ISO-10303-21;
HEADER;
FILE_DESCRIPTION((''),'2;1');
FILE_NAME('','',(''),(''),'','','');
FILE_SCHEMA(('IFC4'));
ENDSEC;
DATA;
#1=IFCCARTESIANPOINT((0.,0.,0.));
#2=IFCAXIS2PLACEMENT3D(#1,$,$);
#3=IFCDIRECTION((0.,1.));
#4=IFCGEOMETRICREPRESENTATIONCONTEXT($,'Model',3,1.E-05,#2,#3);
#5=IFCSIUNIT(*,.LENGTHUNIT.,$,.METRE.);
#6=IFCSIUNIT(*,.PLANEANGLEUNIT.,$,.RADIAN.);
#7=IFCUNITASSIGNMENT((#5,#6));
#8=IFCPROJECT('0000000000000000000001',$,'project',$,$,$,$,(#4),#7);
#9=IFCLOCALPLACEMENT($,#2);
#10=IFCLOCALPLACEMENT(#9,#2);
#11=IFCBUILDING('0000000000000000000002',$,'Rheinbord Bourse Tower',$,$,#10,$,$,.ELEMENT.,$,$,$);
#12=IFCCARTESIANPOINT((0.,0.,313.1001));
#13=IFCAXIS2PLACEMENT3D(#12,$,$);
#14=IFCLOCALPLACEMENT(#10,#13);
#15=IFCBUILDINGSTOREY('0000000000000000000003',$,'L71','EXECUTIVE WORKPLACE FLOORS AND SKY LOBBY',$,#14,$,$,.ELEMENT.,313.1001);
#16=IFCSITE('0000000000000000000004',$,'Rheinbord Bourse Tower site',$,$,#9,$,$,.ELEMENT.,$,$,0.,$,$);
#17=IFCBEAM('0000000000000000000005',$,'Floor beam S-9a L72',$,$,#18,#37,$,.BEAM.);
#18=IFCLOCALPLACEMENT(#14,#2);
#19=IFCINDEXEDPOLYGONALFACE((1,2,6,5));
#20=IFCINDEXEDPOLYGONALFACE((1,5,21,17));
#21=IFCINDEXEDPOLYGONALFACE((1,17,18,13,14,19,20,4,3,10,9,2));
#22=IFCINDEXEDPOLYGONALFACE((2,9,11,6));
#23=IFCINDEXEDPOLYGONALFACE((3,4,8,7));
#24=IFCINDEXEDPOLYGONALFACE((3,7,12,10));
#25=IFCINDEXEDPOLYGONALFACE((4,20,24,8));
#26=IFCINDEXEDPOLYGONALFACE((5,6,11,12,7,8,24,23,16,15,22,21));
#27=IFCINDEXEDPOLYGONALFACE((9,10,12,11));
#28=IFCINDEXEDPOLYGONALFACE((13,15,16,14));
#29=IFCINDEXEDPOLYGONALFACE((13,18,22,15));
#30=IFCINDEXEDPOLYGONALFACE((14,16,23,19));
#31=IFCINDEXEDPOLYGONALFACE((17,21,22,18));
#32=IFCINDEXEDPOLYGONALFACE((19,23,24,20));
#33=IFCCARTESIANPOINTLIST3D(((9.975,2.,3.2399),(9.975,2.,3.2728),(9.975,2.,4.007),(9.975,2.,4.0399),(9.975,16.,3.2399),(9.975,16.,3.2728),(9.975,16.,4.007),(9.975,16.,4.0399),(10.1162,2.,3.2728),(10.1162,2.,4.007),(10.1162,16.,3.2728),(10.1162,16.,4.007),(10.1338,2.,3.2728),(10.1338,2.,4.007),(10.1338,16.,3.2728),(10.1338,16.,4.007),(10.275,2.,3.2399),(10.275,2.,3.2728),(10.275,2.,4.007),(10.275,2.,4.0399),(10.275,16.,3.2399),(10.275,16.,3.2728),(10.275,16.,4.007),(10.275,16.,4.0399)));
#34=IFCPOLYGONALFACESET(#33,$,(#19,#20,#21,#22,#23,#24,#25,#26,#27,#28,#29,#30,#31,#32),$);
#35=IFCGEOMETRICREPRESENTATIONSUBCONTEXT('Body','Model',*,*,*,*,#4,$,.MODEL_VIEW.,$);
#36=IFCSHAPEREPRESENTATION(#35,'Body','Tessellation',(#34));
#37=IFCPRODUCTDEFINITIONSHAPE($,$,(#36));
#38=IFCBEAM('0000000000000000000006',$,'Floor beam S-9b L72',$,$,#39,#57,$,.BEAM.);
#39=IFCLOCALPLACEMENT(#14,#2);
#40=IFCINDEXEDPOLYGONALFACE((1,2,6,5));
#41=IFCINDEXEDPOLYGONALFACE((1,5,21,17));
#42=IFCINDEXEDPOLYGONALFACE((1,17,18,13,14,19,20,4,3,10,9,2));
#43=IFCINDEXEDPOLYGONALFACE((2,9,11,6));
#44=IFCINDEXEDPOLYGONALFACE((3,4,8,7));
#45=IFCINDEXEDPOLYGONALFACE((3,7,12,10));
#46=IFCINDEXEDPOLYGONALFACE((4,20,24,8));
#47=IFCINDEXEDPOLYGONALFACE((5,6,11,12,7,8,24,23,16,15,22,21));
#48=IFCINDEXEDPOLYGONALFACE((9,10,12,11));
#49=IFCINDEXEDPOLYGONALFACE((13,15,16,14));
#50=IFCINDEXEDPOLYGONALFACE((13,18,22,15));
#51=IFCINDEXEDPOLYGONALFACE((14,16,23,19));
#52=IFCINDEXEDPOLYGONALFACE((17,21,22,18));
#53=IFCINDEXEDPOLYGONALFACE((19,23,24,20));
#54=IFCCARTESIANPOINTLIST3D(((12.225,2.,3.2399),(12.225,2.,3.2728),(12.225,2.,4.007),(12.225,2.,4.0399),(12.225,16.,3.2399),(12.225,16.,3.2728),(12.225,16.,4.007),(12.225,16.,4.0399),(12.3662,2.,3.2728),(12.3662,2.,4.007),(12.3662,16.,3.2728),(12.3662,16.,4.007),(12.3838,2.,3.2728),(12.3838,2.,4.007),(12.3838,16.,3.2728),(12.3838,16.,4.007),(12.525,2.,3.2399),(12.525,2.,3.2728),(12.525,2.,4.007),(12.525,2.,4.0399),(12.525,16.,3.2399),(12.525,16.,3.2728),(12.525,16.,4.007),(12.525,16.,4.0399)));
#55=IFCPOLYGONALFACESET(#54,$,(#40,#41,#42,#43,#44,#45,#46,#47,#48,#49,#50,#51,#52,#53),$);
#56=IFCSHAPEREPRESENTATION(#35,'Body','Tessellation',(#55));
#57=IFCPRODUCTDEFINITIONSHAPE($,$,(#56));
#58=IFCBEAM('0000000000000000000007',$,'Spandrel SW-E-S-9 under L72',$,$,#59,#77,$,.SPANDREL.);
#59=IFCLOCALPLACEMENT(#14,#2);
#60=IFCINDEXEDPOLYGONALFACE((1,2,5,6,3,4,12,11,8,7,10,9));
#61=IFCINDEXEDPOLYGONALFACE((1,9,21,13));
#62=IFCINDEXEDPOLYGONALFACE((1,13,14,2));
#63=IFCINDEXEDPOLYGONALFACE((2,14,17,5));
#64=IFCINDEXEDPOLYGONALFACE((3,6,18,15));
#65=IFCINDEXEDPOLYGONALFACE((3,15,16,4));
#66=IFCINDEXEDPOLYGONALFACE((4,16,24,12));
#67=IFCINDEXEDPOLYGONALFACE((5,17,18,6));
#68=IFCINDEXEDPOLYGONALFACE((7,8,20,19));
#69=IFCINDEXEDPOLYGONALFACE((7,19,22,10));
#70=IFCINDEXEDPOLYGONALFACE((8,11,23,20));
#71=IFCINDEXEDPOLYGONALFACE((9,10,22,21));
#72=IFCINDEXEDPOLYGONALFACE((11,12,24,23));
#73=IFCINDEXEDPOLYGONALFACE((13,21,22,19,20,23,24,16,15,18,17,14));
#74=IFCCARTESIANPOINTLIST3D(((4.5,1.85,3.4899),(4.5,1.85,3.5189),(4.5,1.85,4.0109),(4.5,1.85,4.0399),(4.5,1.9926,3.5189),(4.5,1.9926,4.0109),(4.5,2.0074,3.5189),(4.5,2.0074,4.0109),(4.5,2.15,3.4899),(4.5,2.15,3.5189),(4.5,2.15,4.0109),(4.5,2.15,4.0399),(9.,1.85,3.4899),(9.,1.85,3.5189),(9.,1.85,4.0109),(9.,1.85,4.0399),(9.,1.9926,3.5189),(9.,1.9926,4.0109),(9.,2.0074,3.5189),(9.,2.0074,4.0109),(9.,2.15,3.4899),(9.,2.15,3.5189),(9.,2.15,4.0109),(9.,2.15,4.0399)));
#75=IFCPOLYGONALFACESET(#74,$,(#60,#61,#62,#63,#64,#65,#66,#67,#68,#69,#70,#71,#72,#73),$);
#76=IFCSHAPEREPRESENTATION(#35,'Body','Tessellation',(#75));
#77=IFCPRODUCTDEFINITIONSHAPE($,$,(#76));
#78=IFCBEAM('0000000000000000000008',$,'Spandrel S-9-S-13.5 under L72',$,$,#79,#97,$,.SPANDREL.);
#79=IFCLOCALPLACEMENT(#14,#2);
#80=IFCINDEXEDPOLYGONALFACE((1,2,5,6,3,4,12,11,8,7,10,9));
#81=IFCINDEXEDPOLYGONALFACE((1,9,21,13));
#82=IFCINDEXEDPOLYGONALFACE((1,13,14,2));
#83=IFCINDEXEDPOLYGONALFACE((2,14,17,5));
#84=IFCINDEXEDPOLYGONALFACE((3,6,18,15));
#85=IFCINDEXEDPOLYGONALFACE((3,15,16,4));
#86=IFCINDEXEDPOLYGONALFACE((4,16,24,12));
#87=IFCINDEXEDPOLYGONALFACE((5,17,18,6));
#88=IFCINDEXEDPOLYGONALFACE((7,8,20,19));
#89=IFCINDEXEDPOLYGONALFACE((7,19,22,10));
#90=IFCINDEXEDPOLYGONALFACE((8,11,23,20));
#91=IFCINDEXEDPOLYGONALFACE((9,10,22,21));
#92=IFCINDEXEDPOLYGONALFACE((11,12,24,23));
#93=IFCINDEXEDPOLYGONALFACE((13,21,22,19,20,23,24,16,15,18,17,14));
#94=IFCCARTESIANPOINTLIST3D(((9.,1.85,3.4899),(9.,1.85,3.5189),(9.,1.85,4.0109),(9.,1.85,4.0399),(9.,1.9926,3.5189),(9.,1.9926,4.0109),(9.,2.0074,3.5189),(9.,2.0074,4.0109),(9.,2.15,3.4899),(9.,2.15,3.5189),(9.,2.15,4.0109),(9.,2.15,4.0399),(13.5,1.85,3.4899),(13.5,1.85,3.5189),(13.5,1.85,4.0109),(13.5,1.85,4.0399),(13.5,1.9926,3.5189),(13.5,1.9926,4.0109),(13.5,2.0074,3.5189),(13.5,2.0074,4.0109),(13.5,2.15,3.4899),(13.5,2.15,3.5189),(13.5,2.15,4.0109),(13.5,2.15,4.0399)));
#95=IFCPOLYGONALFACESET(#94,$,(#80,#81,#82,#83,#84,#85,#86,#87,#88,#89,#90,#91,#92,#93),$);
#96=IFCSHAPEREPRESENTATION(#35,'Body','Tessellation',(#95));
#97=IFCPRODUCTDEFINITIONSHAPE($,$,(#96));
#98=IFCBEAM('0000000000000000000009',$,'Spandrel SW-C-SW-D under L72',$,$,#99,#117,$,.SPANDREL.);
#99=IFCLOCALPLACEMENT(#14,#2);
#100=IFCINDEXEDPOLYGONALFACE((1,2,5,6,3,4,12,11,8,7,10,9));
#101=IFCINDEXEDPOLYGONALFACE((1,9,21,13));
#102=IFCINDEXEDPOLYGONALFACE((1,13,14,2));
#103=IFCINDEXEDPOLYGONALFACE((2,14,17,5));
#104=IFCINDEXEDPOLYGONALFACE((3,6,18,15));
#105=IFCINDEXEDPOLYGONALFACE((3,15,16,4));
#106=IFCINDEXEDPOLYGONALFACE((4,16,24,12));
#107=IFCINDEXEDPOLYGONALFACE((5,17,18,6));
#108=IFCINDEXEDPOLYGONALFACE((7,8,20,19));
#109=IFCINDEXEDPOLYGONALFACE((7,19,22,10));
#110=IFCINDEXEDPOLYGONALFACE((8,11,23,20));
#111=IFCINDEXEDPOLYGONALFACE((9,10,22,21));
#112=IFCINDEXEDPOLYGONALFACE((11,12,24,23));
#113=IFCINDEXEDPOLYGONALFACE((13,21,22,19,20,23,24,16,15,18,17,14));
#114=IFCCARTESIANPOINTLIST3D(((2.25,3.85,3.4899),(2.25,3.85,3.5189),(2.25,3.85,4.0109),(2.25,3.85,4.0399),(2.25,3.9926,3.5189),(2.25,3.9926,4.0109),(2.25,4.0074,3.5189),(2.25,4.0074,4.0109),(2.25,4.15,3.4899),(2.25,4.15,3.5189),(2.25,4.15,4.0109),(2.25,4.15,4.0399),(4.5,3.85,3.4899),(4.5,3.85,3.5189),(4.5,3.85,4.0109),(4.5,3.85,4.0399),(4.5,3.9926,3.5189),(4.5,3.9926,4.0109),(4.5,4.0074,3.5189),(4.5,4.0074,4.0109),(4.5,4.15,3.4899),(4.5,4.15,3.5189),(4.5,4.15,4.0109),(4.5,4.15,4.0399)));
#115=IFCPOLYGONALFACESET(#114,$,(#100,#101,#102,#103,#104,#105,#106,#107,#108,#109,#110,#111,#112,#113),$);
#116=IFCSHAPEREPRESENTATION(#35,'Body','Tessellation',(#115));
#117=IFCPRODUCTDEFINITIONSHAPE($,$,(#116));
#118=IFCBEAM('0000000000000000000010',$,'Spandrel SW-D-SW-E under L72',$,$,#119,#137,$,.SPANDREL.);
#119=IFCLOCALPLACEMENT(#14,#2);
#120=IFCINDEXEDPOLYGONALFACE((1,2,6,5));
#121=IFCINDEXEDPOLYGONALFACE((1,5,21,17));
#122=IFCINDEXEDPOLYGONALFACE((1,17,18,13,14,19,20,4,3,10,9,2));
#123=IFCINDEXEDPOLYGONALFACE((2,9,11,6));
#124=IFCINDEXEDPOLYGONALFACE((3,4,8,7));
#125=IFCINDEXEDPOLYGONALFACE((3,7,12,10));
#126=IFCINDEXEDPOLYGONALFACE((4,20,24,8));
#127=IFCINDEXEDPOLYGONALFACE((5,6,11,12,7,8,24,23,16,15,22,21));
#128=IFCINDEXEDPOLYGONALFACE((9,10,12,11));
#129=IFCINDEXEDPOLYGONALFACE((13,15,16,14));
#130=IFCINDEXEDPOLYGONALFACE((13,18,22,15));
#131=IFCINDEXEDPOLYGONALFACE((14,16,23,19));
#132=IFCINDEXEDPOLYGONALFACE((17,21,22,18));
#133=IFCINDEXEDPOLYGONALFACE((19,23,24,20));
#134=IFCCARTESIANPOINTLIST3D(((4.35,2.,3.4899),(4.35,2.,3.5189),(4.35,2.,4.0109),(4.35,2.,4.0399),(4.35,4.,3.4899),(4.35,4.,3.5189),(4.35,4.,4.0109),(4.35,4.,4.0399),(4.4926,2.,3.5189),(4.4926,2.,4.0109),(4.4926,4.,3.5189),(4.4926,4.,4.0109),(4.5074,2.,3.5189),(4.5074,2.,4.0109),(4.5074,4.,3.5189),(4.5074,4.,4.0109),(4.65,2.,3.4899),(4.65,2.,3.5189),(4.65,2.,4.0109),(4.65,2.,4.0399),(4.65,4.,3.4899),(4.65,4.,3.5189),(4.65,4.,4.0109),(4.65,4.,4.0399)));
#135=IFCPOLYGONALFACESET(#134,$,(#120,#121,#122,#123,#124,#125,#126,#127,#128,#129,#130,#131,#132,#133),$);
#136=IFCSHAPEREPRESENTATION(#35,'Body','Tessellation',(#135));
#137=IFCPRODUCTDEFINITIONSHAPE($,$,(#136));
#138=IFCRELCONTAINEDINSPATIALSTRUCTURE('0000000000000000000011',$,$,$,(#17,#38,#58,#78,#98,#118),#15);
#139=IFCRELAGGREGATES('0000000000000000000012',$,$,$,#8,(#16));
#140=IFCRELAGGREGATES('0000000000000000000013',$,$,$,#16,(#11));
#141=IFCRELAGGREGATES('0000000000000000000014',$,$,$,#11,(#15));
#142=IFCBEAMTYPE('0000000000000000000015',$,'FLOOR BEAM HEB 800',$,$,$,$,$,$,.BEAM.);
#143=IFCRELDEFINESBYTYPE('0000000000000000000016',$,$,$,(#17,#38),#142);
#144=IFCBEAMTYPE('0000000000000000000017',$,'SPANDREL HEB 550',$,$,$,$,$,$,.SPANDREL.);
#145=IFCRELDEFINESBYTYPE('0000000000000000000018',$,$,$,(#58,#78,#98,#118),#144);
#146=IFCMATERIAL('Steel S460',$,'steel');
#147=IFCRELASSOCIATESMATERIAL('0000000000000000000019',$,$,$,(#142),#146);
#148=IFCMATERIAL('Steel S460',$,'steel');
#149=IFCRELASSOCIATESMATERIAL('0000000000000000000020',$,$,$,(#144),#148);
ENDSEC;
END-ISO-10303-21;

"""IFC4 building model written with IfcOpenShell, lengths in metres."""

from ifc_helpers import new_model, si_unit, direction, frame, origin, origin_2d, place, context, subcontext, project, spatial, i_section, extrude, material, material_profile, profile_set, type_object, element, save


model = new_model("IFC4")

# Units and contexts
model_context = context("Model", 3, precision=1e-05, world=origin(), true_north=direction((0.0, 1.0)))
body_context = subcontext(model_context, "Body", "Model", "MODEL_VIEW")
ifc_project = project(units=[si_unit("LENGTHUNIT", "METRE"), si_unit("PLANEANGLEUNIT", "RADIAN")], contexts=[model_context])

# Site, building, storey
site_placement = place(None, origin())
site = spatial("IfcSite", under=ifc_project, at=site_placement, Name="Rheinbord Bourse Tower site", CompositionType="ELEMENT", RefElevation=0.0)
building_placement = place(site_placement, origin())
building = spatial("IfcBuilding", under=site, at=building_placement, Name="Rheinbord Bourse Tower", CompositionType="ELEMENT")
storey_placement = place(building_placement, frame((0.0, 0.0, 313.1001)))
storey = spatial("IfcBuildingStorey", under=building, at=storey_placement, Name="L71", Description="EXECUTIVE WORKPLACE FLOORS AND SKY LOBBY", CompositionType="ELEMENT", Elevation=313.1001)

# Beams
ifc_material_1 = material(Name="Steel S460", Category="steel")
ifc_material_profile_1 = material_profile(ifc_material_1, i_section(OverallWidth=0.3, OverallDepth=0.8, WebThickness=0.0176, FlangeThickness=0.033, at=origin_2d()), Name="HEB 800")
ifc_profile_set_1 = profile_set([ifc_material_profile_1], Name="Steel S460")
beam_type_1 = type_object("IfcBeamType", Name="FLOOR BEAM HEB 800", PredefinedType="BEAM", material=ifc_profile_set_1)
for number, where, z_axis, x_axis, name in (
    (1, (10.125, 2.0, 3.6399), (0.0, 1.0, 0.0), (-1.0, 0.0, 0.0), "Floor beam S-9a L72"),
    (2, (12.375, 2.0, 3.6399), (0.0, 1.0, 0.0), (-1.0, 0.0, 0.0), "Floor beam S-9b L72"),
):
    element("IfcBeam", number, at=place(storey_placement, frame(where, z_axis=z_axis, x_axis=x_axis)), inside=storey, type_object=beam_type_1, Name=name, PredefinedType="BEAM", context=body_context, shape_type="SweptSolid", body=[
        extrude(i_section(OverallWidth=0.3, OverallDepth=0.8, WebThickness=0.0176, FlangeThickness=0.033, at=origin_2d()), origin(), (0.0, 0.0, 1.0), 14.0),
    ])
ifc_material_2 = material(Name="Steel S460", Category="steel")
ifc_material_profile_2 = material_profile(ifc_material_2, i_section(OverallWidth=0.3, OverallDepth=0.55, WebThickness=0.0149, FlangeThickness=0.0291, at=origin_2d()), Name="HEB 550")
ifc_profile_set_2 = profile_set([ifc_material_profile_2], Name="Steel S460")
beam_type_2 = type_object("IfcBeamType", Name="SPANDREL HEB 550", PredefinedType="SPANDREL", material=ifc_profile_set_2)
for number, where, z_axis, x_axis, name in (
    (3, (4.5, 2.0, 3.7649), (1.0, 0.0, 0.0), (0.0, 1.0, 0.0), "Spandrel SW-E-S-9 under L72"),
    (4, (9.0, 2.0, 3.7649), (1.0, 0.0, 0.0), (0.0, 1.0, 0.0), "Spandrel S-9-S-13.5 under L72"),
):
    element("IfcBeam", number, at=place(storey_placement, frame(where, z_axis=z_axis, x_axis=x_axis)), inside=storey, type_object=beam_type_2, Name=name, PredefinedType="SPANDREL", context=body_context, shape_type="SweptSolid", body=[
        extrude(i_section(OverallWidth=0.3, OverallDepth=0.55, WebThickness=0.0149, FlangeThickness=0.0291, at=origin_2d()), origin(), (0.0, 0.0, 1.0), 4.5),
    ])
beam_1_placement = place(storey_placement, frame((2.25, 4.0, 3.7649), z_axis=(1.0, 0.0, 0.0), x_axis=(0.0, 1.0, 0.0)))
element("IfcBeam", 5, at=beam_1_placement, inside=storey, type_object=beam_type_2, Name="Spandrel SW-C-SW-D under L72", PredefinedType="SPANDREL", context=body_context, shape_type="SweptSolid", body=[
    extrude(i_section(OverallWidth=0.3, OverallDepth=0.55, WebThickness=0.0149, FlangeThickness=0.0291, at=origin_2d()), origin(), (0.0, 0.0, 1.0), 2.25),
])
beam_2_placement = place(storey_placement, frame((4.5, 4.0, 3.7649), z_axis=(0.0, -1.0, 0.0), x_axis=(1.0, 0.0, 0.0)))
element("IfcBeam", 6, at=beam_2_placement, inside=storey, type_object=beam_type_2, Name="Spandrel SW-D-SW-E under L72", PredefinedType="SPANDREL", context=body_context, shape_type="SweptSolid", body=[
    extrude(i_section(OverallWidth=0.3, OverallDepth=0.55, WebThickness=0.0149, FlangeThickness=0.0291, at=origin_2d()), origin(), (0.0, 0.0, 1.0), 2.0),
])

save(model, "model.ifc")
